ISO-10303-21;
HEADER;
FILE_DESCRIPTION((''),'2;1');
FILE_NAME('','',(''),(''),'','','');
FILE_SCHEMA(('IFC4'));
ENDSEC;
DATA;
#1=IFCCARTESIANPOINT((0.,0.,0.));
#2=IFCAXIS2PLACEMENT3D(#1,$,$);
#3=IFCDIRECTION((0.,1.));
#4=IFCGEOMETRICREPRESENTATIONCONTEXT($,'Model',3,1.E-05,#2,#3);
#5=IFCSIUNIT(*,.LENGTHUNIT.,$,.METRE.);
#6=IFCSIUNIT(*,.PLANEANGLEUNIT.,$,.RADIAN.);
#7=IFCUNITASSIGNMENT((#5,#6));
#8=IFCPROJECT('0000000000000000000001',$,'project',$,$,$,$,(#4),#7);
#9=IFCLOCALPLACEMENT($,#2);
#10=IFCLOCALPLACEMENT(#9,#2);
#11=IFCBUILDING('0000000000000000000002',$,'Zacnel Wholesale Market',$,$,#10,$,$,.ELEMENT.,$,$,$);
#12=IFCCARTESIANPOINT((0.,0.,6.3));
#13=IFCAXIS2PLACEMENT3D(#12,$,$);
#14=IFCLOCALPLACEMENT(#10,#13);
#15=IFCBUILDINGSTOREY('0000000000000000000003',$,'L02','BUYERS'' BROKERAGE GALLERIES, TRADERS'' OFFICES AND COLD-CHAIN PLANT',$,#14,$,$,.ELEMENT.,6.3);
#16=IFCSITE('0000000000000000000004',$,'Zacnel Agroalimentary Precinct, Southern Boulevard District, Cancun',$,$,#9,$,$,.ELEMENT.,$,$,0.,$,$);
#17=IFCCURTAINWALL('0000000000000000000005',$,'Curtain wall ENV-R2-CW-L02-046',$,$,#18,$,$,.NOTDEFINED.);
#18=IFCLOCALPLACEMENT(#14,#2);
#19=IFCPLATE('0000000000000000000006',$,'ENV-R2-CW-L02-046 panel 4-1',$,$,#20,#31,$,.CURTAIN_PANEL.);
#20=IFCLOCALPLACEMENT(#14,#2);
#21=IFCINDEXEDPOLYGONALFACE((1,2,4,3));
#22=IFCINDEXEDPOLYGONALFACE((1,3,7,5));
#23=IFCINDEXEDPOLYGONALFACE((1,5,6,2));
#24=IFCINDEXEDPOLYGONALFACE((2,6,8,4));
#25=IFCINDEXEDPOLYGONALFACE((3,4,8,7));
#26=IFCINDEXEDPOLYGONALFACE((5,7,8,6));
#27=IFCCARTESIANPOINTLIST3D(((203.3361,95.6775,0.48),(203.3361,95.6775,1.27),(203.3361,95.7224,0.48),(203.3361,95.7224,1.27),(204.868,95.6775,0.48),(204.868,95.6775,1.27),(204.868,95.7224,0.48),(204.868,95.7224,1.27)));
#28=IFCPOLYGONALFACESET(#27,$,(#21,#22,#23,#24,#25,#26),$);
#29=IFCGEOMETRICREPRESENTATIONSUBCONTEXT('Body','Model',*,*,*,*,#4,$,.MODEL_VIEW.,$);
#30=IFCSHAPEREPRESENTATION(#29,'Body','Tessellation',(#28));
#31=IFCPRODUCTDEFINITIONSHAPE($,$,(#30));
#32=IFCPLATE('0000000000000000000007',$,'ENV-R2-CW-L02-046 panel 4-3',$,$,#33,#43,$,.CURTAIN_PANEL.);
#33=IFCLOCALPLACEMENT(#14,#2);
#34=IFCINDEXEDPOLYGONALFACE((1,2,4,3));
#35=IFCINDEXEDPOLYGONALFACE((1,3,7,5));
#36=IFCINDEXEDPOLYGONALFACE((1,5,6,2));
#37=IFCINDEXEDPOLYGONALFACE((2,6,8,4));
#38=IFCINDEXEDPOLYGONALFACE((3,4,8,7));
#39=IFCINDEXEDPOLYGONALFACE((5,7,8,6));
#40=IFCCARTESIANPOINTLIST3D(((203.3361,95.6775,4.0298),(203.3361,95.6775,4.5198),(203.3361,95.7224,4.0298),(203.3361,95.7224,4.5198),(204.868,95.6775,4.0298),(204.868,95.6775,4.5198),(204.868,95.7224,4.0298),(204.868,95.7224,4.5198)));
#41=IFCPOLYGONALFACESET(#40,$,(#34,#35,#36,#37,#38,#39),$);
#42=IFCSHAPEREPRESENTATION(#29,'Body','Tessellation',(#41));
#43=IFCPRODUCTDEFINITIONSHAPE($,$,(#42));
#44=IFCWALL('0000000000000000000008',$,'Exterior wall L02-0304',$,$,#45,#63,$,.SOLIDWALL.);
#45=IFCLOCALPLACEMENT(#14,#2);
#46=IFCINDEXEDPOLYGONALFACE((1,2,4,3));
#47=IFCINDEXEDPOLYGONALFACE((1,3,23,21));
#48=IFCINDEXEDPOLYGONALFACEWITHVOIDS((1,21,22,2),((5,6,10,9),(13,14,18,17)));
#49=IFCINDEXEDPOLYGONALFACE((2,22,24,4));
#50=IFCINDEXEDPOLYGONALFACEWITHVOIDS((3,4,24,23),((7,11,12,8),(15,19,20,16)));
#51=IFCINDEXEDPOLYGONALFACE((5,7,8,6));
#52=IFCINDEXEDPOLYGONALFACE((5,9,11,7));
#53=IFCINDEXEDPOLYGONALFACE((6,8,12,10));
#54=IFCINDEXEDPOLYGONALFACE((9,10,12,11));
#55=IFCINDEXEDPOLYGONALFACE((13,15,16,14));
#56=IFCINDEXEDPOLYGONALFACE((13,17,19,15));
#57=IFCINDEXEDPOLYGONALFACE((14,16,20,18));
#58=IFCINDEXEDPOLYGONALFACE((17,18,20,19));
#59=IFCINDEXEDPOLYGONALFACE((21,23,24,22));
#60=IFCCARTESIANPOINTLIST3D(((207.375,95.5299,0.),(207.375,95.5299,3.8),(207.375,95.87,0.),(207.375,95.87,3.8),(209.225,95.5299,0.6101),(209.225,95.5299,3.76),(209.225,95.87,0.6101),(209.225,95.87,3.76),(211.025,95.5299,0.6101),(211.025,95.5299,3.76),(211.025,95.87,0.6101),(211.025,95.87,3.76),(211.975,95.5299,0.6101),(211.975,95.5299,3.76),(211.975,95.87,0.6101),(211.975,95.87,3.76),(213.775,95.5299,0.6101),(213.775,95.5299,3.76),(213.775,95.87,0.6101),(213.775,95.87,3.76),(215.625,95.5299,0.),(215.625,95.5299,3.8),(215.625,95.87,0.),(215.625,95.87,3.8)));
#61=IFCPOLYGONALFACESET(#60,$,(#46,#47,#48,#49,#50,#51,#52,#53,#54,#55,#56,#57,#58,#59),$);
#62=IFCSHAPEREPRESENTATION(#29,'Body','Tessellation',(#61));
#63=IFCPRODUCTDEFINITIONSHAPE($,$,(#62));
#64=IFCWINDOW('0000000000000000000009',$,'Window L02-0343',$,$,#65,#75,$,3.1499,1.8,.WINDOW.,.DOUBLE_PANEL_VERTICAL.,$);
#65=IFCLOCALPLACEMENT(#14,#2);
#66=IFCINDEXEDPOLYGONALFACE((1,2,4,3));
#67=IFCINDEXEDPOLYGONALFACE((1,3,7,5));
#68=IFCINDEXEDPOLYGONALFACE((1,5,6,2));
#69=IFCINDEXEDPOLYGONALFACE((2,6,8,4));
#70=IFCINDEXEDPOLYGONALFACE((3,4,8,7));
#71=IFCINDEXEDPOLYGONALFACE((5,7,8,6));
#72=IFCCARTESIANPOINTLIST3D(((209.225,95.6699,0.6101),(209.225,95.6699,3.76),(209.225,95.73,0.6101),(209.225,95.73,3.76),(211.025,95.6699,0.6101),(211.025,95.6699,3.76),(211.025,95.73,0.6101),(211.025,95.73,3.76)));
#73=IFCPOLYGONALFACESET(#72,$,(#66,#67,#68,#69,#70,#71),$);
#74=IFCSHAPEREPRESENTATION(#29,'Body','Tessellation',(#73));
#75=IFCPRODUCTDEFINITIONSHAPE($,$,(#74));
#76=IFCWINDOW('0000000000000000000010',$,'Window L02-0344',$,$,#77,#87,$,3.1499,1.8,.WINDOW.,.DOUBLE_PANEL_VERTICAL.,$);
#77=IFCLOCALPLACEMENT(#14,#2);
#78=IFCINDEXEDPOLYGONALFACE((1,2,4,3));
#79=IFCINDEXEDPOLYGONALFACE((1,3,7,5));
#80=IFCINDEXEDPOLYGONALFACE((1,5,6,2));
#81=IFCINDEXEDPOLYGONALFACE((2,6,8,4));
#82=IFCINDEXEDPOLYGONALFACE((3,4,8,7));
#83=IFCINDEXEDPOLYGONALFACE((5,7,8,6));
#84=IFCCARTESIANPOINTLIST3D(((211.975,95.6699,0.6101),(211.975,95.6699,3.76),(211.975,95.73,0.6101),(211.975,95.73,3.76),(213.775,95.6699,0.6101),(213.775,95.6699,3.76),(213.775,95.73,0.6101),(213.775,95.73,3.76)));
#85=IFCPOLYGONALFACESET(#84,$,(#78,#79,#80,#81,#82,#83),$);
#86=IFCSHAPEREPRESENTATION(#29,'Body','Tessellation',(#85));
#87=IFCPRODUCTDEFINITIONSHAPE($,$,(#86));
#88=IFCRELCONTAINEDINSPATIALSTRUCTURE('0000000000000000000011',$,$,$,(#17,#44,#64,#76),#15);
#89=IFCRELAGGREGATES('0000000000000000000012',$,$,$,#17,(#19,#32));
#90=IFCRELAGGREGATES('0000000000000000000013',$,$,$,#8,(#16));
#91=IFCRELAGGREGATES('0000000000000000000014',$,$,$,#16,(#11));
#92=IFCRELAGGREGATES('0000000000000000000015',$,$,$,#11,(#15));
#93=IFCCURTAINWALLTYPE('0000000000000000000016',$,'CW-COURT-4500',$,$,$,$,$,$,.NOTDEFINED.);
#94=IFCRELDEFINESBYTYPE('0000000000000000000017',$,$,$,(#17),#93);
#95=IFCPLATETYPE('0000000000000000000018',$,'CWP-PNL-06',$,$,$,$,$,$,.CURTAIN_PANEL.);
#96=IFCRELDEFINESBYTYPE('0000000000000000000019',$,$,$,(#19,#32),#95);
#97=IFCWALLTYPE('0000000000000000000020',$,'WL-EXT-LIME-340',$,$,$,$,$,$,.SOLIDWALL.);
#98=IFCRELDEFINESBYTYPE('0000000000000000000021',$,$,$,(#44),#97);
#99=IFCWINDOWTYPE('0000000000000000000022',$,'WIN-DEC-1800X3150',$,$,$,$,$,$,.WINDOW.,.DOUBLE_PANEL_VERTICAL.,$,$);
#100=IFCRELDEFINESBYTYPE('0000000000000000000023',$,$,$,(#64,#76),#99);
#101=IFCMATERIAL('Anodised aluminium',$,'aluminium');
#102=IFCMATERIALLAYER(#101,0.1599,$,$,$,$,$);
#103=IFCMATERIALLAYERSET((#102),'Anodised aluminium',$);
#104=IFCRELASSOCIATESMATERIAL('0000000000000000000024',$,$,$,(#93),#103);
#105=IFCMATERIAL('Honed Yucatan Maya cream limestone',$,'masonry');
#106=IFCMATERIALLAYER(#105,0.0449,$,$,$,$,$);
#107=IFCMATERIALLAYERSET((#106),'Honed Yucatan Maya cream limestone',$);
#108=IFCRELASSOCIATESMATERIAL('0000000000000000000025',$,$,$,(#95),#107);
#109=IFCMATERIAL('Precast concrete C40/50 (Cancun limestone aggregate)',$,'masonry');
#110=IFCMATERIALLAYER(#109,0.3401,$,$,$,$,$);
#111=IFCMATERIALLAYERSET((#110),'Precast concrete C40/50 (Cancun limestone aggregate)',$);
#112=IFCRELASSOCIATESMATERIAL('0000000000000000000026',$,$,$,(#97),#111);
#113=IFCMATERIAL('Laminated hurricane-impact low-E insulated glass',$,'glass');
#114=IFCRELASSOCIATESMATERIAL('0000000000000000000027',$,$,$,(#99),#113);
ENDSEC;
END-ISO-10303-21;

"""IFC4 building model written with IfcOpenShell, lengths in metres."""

from ifc_helpers import new_model, si_unit, direction, frame, frame_2d, origin, origin_2d, place, context, subcontext, project, spatial, rectangle, extrude, material, layer, layer_set, type_object, element, fill, aggregate, save


model = new_model("IFC4")

# Units and contexts
model_context = context("Model", 3, precision=1e-05, world=origin(), true_north=direction((0.0, 1.0)))
body_context = subcontext(model_context, "Body", "Model", "MODEL_VIEW")
ifc_project = project(units=[si_unit("LENGTHUNIT", "METRE"), si_unit("PLANEANGLEUNIT", "RADIAN")], contexts=[model_context])

# Site, building, storey
site_placement = place(None, origin())
site = spatial("IfcSite", under=ifc_project, at=site_placement, Name="Zacnel Agroalimentary Precinct, Southern Boulevard District, Cancun", CompositionType="ELEMENT", RefElevation=0.0)
building_placement = place(site_placement, origin())
building = spatial("IfcBuilding", under=site, at=building_placement, Name="Zacnel Wholesale Market", CompositionType="ELEMENT")
storey_placement = place(building_placement, frame((0.0, 0.0, 6.3)))
storey = spatial("IfcBuildingStorey", under=building, at=storey_placement, Name="L02", Description="BUYERS' BROKERAGE GALLERIES, TRADERS' OFFICES AND COLD-CHAIN PLANT", CompositionType="ELEMENT", Elevation=6.3)

# Curtain wall, plates
ifc_material_1 = material(Name="Anodised aluminium", Category="aluminium")
ifc_layer_1 = layer(ifc_material_1, 0.1599)
ifc_layer_set_1 = layer_set([ifc_layer_1], Name="Anodised aluminium")
curtain_wall_type = type_object("IfcCurtainWallType", Name="CW-COURT-4500", PredefinedType="NOTDEFINED", material=ifc_layer_set_1)
curtain_wall_placement = place(storey_placement, origin())
curtain_wall = element("IfcCurtainWall", 1, at=curtain_wall_placement, inside=storey, type_object=curtain_wall_type, Name="Curtain wall ENV-R2-CW-L02-046", PredefinedType="NOTDEFINED")
ifc_material_2 = material(Name="Honed Yucatan Maya cream limestone", Category="masonry")
ifc_layer_2 = layer(ifc_material_2, 0.0449)
ifc_layer_set_2 = layer_set([ifc_layer_2], Name="Honed Yucatan Maya cream limestone")
plate_type_1 = type_object("IfcPlateType", Name="CWP-PNL-06", PredefinedType="CURTAIN_PANEL", material=ifc_layer_set_2)
plate_1_placement = place(storey_placement, frame((204.1021, 95.7, 0.48), z_axis=(0.0, 0.0, 1.0), x_axis=(1.0, 0.0, 0.0)))
plate_1 = element("IfcPlate", 2, at=plate_1_placement, type_object=plate_type_1, Name="ENV-R2-CW-L02-046 panel 4-1", PredefinedType="CURTAIN_PANEL", context=body_context, shape_type="SweptSolid", body=[
    extrude(rectangle(XDim=1.532, YDim=0.0449, at=origin_2d()), origin(), (0.0, 0.0, 1.0), 0.79),
])
plate_2_placement = place(storey_placement, frame((204.1021, 95.7, 4.0298), z_axis=(0.0, 0.0, 1.0), x_axis=(1.0, 0.0, 0.0)))
plate_2 = element("IfcPlate", 3, at=plate_2_placement, type_object=plate_type_1, Name="ENV-R2-CW-L02-046 panel 4-3", PredefinedType="CURTAIN_PANEL", context=body_context, shape_type="SweptSolid", body=[
    extrude(rectangle(XDim=1.532, YDim=0.0449, at=origin_2d()), origin(), (0.0, 0.0, 1.0), 0.49),
])
aggregate(curtain_wall, [plate_1, plate_2])

# Wall, openings, windows
ifc_material_3 = material(Name="Precast concrete C40/50 (Cancun limestone aggregate)", Category="masonry")
ifc_layer_3 = layer(ifc_material_3, 0.3401)
ifc_layer_set_3 = layer_set([ifc_layer_3], Name="Precast concrete C40/50 (Cancun limestone aggregate)")
wall_type = type_object("IfcWallType", Name="WL-EXT-LIME-340", PredefinedType="SOLIDWALL", material=ifc_layer_set_3)
wall_placement = place(storey_placement, frame((207.375, 95.7, 0.0), z_axis=(0.0, 0.0, 1.0), x_axis=(1.0, 0.0, 0.0)))
wall = element("IfcWall", 4, at=wall_placement, inside=storey, type_object=wall_type, Name="Exterior wall L02-0304", PredefinedType="SOLIDWALL", context=body_context, shape_type="SweptSolid", body=[
    extrude(rectangle(XDim=8.25, YDim=0.3401, at=frame_2d((4.125, 0.0))), origin(), (0.0, 0.0, 1.0), 3.8),
])
opening_1_placement = place(wall_placement, frame((1.8501, 0.0, 0.6101)))
opening_1 = element("IfcOpeningElement", 5, at=opening_1_placement, cuts=wall, PredefinedType="OPENING", context=body_context, shape_type="SweptSolid", body=[
    extrude(rectangle(XDim=1.8, YDim=3.1499, at=frame_2d((0.8999, 1.575))), frame((0.0, 0.1799, 0.0), z_axis=(0.0, -1.0, 0.0), x_axis=(1.0, 0.0, 0.0)), (0.0, 0.0, 1.0), 0.3601),
])
opening_2_placement = place(wall_placement, frame((4.6001, 0.0, 0.6101)))
opening_2 = element("IfcOpeningElement", 6, at=opening_2_placement, cuts=wall, PredefinedType="OPENING", context=body_context, shape_type="SweptSolid", body=[
    extrude(rectangle(XDim=1.8, YDim=3.1499, at=frame_2d((0.8999, 1.575))), frame((0.0, 0.1799, 0.0), z_axis=(0.0, -1.0, 0.0), x_axis=(1.0, 0.0, 0.0)), (0.0, 0.0, 1.0), 0.3601),
])
ifc_material_4 = material(Name="Laminated hurricane-impact low-E insulated glass", Category="glass")
window_type = type_object("IfcWindowType", Name="WIN-DEC-1800X3150", PartitioningType="DOUBLE_PANEL_VERTICAL", PredefinedType="WINDOW", material=ifc_material_4)
window_1_placement = place(opening_1_placement, origin())
window_1 = element("IfcWindow", 7, at=window_1_placement, inside=storey, type_object=window_type, Name="Window L02-0343", OverallHeight=3.1499, OverallWidth=1.8, PartitioningType="DOUBLE_PANEL_VERTICAL", PredefinedType="WINDOW", context=body_context, shape_type="SweptSolid", body=[
    extrude(rectangle(XDim=1.8, YDim=3.1499, at=frame_2d((0.8999, 1.575))), frame((0.0, 0.03, 0.0), z_axis=(0.0, -1.0, 0.0), x_axis=(1.0, 0.0, 0.0)), (0.0, 0.0, 1.0), 0.0601),
])
fill(opening_1, window_1)
window_2_placement = place(opening_2_placement, origin())
window_2 = element("IfcWindow", 8, at=window_2_placement, inside=storey, type_object=window_type, Name="Window L02-0344", OverallHeight=3.1499, OverallWidth=1.8, PartitioningType="DOUBLE_PANEL_VERTICAL", PredefinedType="WINDOW", context=body_context, shape_type="SweptSolid", body=[
    extrude(rectangle(XDim=1.8, YDim=3.1499, at=frame_2d((0.8999, 1.575))), frame((0.0, 0.03, 0.0), z_axis=(0.0, -1.0, 0.0), x_axis=(1.0, 0.0, 0.0)), (0.0, 0.0, 1.0), 0.0601),
])
fill(opening_2, window_2)

save(model, "model.ifc")
